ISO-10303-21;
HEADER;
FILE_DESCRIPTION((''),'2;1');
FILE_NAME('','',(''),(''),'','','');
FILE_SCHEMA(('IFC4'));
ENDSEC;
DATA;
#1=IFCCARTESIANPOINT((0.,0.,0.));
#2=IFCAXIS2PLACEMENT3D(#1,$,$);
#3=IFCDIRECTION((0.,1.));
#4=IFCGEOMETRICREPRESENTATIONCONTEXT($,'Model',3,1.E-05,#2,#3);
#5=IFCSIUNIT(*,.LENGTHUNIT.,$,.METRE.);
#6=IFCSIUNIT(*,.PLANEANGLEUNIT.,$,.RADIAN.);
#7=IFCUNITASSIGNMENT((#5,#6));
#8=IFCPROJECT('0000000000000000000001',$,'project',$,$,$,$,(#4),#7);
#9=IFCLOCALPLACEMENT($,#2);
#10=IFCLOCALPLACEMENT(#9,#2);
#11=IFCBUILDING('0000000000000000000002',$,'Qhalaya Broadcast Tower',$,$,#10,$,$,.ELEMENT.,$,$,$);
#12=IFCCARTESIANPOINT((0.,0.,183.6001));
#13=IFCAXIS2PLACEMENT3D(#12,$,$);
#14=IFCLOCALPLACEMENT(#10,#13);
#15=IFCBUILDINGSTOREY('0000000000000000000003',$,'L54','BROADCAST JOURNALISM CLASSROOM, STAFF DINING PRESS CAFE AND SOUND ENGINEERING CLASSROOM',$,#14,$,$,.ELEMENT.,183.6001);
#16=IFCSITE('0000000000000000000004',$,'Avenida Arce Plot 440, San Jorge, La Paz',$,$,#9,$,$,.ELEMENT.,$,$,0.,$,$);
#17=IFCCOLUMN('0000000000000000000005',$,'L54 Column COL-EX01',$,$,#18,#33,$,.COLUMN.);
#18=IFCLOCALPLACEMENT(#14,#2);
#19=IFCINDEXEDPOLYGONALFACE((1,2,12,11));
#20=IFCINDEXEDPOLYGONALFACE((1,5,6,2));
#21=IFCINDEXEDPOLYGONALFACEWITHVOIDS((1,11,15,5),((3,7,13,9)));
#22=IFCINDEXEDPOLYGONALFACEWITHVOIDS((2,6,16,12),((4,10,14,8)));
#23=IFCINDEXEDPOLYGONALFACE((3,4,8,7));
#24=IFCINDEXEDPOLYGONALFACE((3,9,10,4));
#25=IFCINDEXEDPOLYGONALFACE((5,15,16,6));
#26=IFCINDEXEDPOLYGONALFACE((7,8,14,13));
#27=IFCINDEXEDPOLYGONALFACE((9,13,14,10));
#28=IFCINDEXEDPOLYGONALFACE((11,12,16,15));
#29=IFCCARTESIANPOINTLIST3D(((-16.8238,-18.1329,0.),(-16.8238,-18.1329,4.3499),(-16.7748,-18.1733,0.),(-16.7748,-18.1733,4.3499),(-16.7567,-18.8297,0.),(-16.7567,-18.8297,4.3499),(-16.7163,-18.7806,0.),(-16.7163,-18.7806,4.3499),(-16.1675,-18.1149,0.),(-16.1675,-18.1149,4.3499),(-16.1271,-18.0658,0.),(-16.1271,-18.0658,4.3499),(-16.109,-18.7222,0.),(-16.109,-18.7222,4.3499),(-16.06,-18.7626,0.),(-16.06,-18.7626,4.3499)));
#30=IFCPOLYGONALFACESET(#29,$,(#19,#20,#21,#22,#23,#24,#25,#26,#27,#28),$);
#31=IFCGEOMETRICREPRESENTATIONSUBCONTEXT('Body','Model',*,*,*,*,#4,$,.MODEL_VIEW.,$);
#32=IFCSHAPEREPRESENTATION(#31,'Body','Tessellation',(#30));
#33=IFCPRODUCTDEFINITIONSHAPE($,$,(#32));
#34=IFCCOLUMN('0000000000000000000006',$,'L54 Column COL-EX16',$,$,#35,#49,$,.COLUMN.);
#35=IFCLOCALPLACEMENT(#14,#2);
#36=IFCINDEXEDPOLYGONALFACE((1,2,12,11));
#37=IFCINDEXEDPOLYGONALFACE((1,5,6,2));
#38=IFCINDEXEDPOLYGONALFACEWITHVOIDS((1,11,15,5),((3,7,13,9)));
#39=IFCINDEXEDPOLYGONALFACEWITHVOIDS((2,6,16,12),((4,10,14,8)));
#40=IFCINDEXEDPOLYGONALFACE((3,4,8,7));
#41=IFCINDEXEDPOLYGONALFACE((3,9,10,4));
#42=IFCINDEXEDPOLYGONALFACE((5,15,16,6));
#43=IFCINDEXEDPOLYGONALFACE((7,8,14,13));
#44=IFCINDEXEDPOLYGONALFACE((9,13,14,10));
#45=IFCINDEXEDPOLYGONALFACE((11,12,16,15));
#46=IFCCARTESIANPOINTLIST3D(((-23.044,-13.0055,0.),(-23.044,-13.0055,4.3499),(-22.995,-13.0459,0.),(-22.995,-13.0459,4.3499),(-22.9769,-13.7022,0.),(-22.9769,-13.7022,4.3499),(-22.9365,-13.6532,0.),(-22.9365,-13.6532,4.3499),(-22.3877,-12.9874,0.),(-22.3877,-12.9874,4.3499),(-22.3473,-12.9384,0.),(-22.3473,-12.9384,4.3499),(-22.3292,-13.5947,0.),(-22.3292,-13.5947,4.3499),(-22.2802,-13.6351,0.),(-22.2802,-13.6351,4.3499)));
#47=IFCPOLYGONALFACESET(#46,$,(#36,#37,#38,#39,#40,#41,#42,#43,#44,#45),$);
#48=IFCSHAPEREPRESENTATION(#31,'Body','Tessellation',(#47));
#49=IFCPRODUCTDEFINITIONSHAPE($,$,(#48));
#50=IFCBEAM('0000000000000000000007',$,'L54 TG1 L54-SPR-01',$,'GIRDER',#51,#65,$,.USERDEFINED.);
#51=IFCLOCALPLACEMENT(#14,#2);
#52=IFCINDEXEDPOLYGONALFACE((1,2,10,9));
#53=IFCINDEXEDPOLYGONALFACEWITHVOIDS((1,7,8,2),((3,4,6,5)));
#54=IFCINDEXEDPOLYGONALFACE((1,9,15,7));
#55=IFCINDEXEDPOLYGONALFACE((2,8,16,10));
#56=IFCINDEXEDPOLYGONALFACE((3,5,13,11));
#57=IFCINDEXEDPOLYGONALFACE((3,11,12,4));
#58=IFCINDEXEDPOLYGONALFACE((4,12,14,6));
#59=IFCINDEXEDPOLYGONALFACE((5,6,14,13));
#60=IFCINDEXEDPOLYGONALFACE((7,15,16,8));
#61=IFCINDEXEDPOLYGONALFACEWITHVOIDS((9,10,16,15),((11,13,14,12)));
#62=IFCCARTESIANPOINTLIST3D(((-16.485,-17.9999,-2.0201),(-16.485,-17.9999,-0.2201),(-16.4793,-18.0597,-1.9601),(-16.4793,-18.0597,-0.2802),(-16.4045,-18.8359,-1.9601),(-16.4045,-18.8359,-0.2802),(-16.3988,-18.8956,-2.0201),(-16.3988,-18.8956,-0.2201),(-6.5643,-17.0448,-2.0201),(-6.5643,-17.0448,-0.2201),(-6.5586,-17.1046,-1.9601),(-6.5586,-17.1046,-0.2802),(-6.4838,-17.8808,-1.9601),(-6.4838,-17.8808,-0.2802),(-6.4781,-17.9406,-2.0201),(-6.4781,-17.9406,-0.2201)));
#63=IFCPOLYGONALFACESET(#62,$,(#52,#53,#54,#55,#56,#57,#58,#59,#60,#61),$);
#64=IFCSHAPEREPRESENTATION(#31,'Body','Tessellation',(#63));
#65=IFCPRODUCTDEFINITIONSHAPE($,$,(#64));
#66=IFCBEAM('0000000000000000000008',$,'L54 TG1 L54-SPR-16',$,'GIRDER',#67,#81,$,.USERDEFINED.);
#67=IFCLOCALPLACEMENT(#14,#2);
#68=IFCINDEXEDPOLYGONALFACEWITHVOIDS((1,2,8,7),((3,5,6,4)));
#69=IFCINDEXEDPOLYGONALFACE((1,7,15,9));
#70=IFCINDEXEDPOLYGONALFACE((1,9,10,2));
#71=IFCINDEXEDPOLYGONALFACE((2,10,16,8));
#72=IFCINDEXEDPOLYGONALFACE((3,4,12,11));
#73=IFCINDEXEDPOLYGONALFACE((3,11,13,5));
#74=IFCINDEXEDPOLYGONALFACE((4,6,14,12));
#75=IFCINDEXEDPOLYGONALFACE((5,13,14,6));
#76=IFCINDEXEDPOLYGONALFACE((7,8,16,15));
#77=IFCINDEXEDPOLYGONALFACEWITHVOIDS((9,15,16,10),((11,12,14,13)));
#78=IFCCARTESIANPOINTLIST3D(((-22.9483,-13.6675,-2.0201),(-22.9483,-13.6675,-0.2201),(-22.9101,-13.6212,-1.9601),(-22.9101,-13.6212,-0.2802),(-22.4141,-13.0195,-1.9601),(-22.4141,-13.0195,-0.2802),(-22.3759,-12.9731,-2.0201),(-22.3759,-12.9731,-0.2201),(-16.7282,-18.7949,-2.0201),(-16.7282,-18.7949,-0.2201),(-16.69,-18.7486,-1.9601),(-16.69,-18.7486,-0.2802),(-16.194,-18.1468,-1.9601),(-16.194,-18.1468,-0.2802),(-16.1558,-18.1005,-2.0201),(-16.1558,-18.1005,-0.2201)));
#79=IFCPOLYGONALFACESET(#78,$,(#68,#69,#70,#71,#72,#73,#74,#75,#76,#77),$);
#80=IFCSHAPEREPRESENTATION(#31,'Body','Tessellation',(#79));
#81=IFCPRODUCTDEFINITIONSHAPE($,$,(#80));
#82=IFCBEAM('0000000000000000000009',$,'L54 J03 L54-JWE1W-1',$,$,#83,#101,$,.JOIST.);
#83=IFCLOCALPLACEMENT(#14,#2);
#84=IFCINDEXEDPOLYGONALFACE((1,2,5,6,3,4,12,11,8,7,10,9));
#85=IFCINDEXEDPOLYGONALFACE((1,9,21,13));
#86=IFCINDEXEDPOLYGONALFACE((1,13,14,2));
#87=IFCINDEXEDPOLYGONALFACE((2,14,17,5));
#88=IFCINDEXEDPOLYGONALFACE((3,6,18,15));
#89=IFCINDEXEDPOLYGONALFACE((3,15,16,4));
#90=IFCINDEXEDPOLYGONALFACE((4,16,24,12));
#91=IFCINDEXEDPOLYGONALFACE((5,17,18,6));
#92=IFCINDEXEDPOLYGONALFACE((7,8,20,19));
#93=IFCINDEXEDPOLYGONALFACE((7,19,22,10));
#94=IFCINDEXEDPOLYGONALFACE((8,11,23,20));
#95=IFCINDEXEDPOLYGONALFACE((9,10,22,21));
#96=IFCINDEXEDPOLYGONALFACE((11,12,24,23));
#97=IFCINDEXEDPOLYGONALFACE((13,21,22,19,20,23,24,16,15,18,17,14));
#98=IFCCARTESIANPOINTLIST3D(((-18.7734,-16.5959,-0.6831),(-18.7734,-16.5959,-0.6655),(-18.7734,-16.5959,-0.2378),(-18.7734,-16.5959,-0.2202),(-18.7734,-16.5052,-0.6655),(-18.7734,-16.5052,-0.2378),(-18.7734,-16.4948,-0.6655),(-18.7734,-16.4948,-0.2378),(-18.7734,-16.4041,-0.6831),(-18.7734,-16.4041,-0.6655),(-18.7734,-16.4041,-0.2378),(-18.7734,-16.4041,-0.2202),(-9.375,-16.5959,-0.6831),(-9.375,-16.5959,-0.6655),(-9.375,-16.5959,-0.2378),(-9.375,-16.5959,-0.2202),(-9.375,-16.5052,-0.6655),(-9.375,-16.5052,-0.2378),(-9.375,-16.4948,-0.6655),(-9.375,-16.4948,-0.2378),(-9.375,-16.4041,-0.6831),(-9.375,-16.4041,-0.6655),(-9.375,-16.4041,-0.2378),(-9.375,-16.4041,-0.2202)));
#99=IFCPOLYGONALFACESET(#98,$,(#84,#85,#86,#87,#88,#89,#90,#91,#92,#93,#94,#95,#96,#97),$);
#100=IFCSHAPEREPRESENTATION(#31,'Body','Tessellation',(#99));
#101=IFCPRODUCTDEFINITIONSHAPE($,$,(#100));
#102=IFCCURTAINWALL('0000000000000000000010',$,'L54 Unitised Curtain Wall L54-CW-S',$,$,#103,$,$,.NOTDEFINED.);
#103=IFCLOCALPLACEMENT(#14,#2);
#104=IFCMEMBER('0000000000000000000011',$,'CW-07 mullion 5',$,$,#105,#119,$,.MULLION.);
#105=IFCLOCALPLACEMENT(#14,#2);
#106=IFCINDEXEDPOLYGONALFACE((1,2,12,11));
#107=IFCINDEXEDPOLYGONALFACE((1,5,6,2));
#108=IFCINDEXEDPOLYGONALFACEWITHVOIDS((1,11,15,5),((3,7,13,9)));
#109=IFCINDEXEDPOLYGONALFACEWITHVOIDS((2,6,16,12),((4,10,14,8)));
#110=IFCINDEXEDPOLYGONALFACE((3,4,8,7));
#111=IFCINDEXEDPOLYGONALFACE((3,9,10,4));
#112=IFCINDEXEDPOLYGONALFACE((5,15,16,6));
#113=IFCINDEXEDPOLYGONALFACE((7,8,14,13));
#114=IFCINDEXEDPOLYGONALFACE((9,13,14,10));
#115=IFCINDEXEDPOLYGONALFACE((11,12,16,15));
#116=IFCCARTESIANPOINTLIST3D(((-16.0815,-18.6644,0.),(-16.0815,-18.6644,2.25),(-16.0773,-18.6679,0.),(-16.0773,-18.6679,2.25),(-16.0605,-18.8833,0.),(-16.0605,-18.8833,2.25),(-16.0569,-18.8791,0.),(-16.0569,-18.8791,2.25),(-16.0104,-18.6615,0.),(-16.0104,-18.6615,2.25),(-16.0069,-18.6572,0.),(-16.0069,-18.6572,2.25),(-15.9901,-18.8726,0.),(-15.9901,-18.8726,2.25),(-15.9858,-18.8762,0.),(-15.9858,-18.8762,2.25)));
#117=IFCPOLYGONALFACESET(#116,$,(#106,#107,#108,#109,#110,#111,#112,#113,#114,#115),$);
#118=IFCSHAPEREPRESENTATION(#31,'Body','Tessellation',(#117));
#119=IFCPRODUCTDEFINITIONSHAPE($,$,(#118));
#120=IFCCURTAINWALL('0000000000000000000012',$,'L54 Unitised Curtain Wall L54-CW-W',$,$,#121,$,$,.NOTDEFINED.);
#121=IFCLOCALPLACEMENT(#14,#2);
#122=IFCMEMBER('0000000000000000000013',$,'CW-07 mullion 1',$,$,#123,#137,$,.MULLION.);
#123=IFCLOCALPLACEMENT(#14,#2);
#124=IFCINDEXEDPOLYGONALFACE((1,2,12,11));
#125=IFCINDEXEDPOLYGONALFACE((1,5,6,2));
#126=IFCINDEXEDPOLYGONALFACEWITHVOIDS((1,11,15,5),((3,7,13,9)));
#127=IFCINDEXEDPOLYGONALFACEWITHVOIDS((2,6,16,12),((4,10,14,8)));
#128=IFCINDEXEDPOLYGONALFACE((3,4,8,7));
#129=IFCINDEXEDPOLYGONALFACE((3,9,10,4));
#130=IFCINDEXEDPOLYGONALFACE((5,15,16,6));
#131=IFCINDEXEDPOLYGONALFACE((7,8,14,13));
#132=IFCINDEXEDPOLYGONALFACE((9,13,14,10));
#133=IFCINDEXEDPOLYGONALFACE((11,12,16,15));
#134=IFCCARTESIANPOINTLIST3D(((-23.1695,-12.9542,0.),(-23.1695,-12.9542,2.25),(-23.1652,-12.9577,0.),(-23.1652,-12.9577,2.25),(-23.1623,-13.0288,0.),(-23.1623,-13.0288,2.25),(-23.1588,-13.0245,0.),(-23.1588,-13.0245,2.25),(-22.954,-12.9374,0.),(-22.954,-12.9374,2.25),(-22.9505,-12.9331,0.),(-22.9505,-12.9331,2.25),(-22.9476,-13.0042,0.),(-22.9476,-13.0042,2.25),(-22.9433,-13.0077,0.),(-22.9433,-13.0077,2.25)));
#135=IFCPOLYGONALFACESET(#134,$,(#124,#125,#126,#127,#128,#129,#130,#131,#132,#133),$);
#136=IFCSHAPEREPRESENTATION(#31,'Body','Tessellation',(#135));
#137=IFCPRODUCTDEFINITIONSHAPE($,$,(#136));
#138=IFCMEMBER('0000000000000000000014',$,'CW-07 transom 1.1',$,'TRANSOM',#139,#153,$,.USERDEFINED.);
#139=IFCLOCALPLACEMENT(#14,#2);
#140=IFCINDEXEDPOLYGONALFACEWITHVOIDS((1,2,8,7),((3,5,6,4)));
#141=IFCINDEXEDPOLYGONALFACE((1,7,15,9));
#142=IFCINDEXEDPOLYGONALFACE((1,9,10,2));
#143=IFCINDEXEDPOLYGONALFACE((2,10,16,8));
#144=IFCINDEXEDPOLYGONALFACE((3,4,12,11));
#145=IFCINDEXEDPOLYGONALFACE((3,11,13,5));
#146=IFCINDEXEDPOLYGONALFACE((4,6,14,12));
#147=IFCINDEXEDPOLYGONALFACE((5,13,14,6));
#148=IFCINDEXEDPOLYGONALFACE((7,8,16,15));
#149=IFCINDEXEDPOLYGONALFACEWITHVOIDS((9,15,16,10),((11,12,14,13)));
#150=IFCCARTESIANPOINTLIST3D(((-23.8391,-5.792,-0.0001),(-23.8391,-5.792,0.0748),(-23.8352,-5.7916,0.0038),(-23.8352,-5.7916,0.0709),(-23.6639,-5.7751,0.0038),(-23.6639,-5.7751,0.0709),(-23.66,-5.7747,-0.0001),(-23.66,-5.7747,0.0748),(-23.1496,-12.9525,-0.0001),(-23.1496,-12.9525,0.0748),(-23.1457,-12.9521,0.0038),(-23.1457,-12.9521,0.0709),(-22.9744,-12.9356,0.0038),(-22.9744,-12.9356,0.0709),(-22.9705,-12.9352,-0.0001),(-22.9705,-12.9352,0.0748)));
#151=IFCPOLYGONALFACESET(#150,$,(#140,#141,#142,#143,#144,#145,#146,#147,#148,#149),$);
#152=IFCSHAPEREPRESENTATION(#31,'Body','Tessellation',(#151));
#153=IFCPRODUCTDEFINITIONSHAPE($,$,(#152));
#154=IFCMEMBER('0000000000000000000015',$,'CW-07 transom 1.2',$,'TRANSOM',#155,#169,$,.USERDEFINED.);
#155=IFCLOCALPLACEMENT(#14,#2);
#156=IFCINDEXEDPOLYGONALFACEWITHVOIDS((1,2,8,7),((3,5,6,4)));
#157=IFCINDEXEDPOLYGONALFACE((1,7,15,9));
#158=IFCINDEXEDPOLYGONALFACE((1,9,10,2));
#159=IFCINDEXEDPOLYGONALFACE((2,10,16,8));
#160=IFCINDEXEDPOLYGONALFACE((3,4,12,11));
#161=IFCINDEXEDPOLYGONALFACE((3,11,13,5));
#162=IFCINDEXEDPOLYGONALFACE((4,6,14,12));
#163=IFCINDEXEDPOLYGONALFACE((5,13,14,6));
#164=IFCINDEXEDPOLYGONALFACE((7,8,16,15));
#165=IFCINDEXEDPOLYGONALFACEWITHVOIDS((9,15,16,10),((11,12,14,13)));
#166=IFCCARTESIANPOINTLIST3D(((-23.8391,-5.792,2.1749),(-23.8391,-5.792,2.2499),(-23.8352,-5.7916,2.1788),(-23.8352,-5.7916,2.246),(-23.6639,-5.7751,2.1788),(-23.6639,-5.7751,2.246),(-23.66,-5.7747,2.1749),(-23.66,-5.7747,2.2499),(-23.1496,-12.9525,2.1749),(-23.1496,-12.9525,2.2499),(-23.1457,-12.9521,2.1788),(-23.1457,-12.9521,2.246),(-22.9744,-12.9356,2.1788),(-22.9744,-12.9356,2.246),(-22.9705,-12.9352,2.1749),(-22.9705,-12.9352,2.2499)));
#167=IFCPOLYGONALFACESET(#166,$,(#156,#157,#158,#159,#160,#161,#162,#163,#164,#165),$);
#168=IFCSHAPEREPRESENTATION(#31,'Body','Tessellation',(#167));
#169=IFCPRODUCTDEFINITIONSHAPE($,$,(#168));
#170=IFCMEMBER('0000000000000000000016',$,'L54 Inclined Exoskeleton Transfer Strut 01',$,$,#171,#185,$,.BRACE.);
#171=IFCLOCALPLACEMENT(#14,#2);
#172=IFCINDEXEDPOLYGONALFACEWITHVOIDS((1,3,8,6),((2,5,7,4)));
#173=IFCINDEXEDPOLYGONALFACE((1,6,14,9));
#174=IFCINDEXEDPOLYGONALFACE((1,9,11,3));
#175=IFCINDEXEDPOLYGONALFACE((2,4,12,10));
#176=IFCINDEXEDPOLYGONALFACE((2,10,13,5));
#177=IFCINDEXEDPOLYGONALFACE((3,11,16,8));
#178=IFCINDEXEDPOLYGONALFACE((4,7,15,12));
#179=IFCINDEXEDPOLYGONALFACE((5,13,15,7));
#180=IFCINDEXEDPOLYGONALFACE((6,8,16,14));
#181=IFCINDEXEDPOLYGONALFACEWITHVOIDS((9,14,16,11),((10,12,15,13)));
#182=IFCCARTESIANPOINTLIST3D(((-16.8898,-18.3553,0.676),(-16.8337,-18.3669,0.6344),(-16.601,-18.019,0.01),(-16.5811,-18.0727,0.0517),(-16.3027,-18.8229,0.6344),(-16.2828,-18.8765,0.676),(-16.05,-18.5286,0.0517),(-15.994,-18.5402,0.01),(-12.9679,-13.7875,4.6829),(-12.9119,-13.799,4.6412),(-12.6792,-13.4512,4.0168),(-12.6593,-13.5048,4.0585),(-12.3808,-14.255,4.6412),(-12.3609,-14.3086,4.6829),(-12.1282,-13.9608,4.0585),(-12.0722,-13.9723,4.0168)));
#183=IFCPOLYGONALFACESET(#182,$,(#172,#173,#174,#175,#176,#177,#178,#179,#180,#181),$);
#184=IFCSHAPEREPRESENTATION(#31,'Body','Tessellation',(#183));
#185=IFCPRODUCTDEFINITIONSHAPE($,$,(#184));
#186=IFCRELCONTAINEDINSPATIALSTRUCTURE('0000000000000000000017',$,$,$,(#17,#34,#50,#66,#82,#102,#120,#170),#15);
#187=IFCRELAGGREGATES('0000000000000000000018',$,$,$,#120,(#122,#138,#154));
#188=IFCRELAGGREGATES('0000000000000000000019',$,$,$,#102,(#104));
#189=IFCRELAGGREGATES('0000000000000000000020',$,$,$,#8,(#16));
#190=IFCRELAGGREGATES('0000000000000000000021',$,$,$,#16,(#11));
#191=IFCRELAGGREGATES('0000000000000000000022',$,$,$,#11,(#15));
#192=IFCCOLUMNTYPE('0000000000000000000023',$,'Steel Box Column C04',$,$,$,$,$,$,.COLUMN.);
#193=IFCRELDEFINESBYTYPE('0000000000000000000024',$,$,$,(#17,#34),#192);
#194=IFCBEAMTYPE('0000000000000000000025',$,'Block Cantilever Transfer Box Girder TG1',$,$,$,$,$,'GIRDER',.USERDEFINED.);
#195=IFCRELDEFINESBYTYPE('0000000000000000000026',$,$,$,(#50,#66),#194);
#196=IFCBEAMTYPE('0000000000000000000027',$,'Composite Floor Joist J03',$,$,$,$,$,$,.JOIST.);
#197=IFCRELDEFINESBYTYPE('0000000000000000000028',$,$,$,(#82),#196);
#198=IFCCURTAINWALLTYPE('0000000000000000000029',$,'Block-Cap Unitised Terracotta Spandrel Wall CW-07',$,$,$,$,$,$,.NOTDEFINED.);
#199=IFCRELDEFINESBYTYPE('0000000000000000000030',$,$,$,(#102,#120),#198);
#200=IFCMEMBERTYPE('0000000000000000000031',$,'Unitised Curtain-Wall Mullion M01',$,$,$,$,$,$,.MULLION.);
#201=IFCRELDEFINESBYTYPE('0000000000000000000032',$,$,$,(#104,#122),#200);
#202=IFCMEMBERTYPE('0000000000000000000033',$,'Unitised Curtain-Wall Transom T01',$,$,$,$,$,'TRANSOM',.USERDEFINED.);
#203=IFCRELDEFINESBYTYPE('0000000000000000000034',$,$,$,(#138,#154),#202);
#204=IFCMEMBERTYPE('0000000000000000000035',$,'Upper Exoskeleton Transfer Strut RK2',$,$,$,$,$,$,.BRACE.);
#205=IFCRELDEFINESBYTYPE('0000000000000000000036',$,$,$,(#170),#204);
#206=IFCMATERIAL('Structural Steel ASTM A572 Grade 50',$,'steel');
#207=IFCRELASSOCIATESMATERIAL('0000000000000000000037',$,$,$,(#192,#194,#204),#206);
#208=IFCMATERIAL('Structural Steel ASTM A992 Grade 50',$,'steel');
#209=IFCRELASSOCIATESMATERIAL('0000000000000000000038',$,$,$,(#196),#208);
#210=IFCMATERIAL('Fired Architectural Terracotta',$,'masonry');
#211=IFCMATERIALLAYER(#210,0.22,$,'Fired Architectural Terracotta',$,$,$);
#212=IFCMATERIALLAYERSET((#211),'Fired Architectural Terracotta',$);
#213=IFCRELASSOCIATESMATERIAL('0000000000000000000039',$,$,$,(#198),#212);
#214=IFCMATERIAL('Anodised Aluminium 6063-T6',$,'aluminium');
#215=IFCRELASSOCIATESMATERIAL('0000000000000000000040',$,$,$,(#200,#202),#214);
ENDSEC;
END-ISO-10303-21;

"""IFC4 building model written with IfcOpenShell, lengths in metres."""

from ifc_helpers import new_model, si_unit, direction, frame, origin, origin_2d, place, context, subcontext, project, spatial, hollow_rectangle, i_section, extrude, material, layer, layer_set, material_profile, profile_set, type_object, element, aggregate, save


model = new_model("IFC4")

# Units and contexts
model_context = context("Model", 3, precision=1e-05, world=origin(), true_north=direction((0.0, 1.0)))
body_context = subcontext(model_context, "Body", "Model", "MODEL_VIEW")
ifc_project = project(units=[si_unit("LENGTHUNIT", "METRE"), si_unit("PLANEANGLEUNIT", "RADIAN")], contexts=[model_context])

# Site, building, storey
site_placement = place(None, origin())
site = spatial("IfcSite", under=ifc_project, at=site_placement, Name="Avenida Arce Plot 440, San Jorge, La Paz", CompositionType="ELEMENT", RefElevation=0.0)
building_placement = place(site_placement, origin())
building = spatial("IfcBuilding", under=site, at=building_placement, Name="Qhalaya Broadcast Tower", CompositionType="ELEMENT")
storey_placement = place(building_placement, frame((0.0, 0.0, 183.6001)))
storey = spatial("IfcBuildingStorey", under=building, at=storey_placement, Name="L54", Description="BROADCAST JOURNALISM CLASSROOM, STAFF DINING PRESS CAFE AND SOUND ENGINEERING CLASSROOM", CompositionType="ELEMENT", Elevation=183.6001)

# Columns
ifc_material_1 = material(Name="Structural Steel ASTM A572 Grade 50", Category="steel")
ifc_material_profile_1 = material_profile(ifc_material_1, hollow_rectangle(XDim=0.7, YDim=0.7, WallThickness=0.0449, at=origin_2d()), Name="BOX 700x700x45")
ifc_profile_set_1 = profile_set([ifc_material_profile_1], Name="Structural Steel ASTM A572 Grade 50")
column_type = type_object("IfcColumnType", Name="Steel Box Column C04", PredefinedType="COLUMN", material=ifc_profile_set_1)
for number, where, z_axis, x_axis, name in (
    (1, (-16.4419, -18.4478, 0.0), (0.0, 0.0, 1.0), (0.995396, 0.095846, 0.0), "L54 Column COL-EX01"),
    (2, (-22.6621, -13.3203, 0.0), (0.0, 0.0, 1.0), (-0.095846, 0.995396, 0.0), "L54 Column COL-EX16"),
):
    element("IfcColumn", number, at=place(storey_placement, frame(where, z_axis=z_axis, x_axis=x_axis)), inside=storey, type_object=column_type, Name=name, PredefinedType="COLUMN", context=body_context, shape_type="SweptSolid", body=[
        extrude(hollow_rectangle(XDim=0.7, YDim=0.7, WallThickness=0.0449, at=origin_2d()), origin(), (0.0, 0.0, 1.0), 4.3499),
    ])

# Beams
ifc_material_profile_2 = material_profile(ifc_material_1, hollow_rectangle(XDim=0.8999, YDim=1.8, WallThickness=0.0601, at=origin_2d()), Name="BOX 900x1800x60")
ifc_profile_set_2 = profile_set([ifc_material_profile_2], Name="Structural Steel ASTM A572 Grade 50")
beam_type_1 = type_object("IfcBeamType", Name="Block Cantilever Transfer Box Girder TG1", ElementType="GIRDER", PredefinedType="USERDEFINED", material=ifc_profile_set_2)
beam_1_placement = place(storey_placement, frame((-16.4419, -18.4478, -1.1201), z_axis=(0.995398, 0.095829, 0.0), x_axis=(-0.095829, 0.995398, 0.0)))
element("IfcBeam", 3, at=beam_1_placement, inside=storey, type_object=beam_type_1, Name="L54 TG1 L54-SPR-01", ObjectType="GIRDER", PredefinedType="USERDEFINED", context=body_context, shape_type="SweptSolid", body=[
    extrude(hollow_rectangle(XDim=0.8999, YDim=1.8, WallThickness=0.0601, at=origin_2d()), origin(), (0.0, 0.0, 1.0), 9.9666),
])
beam_2_placement = place(storey_placement, frame((-22.6621, -13.3203, -1.1201), z_axis=(0.771631, -0.63607, 0.0), x_axis=(0.63607, 0.771631, 0.0)))
element("IfcBeam", 4, at=beam_2_placement, inside=storey, type_object=beam_type_1, Name="L54 TG1 L54-SPR-16", ObjectType="GIRDER", PredefinedType="USERDEFINED", context=body_context, shape_type="SweptSolid", body=[
    extrude(hollow_rectangle(XDim=0.8999, YDim=1.8, WallThickness=0.0601, at=origin_2d()), origin(), (0.0, 0.0, 1.0), 8.061),
])
ifc_material_2 = material(Name="Structural Steel ASTM A992 Grade 50", Category="steel")
ifc_material_profile_3 = material_profile(ifc_material_2, i_section(OverallWidth=0.1919, OverallDepth=0.4629, WebThickness=0.0105, FlangeThickness=0.0176, at=origin_2d()), Name="W18X60")
ifc_profile_set_3 = profile_set([ifc_material_profile_3], Name="Structural Steel ASTM A992 Grade 50")
beam_type_2 = type_object("IfcBeamType", Name="Composite Floor Joist J03", PredefinedType="JOIST", material=ifc_profile_set_3)
beam_3_placement = place(storey_placement, frame((-18.7734, -16.5, -0.4517), z_axis=(1.0, 0.0, 0.0), x_axis=(0.0, 1.0, 0.0)))
element("IfcBeam", 5, at=beam_3_placement, inside=storey, type_object=beam_type_2, Name="L54 J03 L54-JWE1W-1", PredefinedType="JOIST", context=body_context, shape_type="SweptSolid", body=[
    extrude(i_section(OverallWidth=0.1919, OverallDepth=0.4629, WebThickness=0.0105, FlangeThickness=0.0176, at=origin_2d()), origin(), (0.0, 0.0, 1.0), 9.3984),
])

# Curtain wall, member
ifc_material_3 = material(Name="Fired Architectural Terracotta", Category="masonry")
ifc_layer_1 = layer(ifc_material_3, 0.22, Name="Fired Architectural Terracotta")
ifc_layer_set_1 = layer_set([ifc_layer_1], Name="Fired Architectural Terracotta")
curtain_wall_type = type_object("IfcCurtainWallType", Name="Block-Cap Unitised Terracotta Spandrel Wall CW-07", PredefinedType="NOTDEFINED", material=ifc_layer_set_1)
curtain_wall_1_placement = place(storey_placement, origin())
curtain_wall_1 = element("IfcCurtainWall", 6, at=curtain_wall_1_placement, inside=storey, type_object=curtain_wall_type, Name="L54 Unitised Curtain Wall L54-CW-S", PredefinedType="NOTDEFINED")
ifc_material_4 = material(Name="Anodised Aluminium 6063-T6", Category="aluminium")
ifc_material_profile_4 = material_profile(ifc_material_4, hollow_rectangle(XDim=0.075, YDim=0.22, WallThickness=0.0039, at=origin_2d()), Name="ALU-MUL 75x220x4")
ifc_profile_set_4 = profile_set([ifc_material_profile_4], Name="Anodised Aluminium 6063-T6")
member_type_1 = type_object("IfcMemberType", Name="Unitised Curtain-Wall Mullion M01", PredefinedType="MULLION", material=ifc_profile_set_4)
member_1_placement = place(storey_placement, frame((-16.0337, -18.7703, 0.0), z_axis=(0.0, 0.0, 1.0), x_axis=(-0.995396, -0.095846, 0.0)))
member_1 = element("IfcMember", 7, at=member_1_placement, type_object=member_type_1, Name="CW-07 mullion 5", PredefinedType="MULLION", context=body_context, shape_type="SweptSolid", body=[
    extrude(hollow_rectangle(XDim=0.075, YDim=0.22, WallThickness=0.0039, at=origin_2d()), origin(), (0.0, 0.0, 1.0), 2.25),
])

# Curtain wall, members
curtain_wall_2_placement = place(storey_placement, origin())
curtain_wall_2 = element("IfcCurtainWall", 8, at=curtain_wall_2_placement, inside=storey, type_object=curtain_wall_type, Name="L54 Unitised Curtain Wall L54-CW-W", PredefinedType="NOTDEFINED")
member_2_placement = place(storey_placement, frame((-23.0564, -12.981, 0.0), z_axis=(0.0, 0.0, 1.0), x_axis=(-0.095846, 0.995396, 0.0)))
member_2 = element("IfcMember", 9, at=member_2_placement, type_object=member_type_1, Name="CW-07 mullion 1", PredefinedType="MULLION", context=body_context, shape_type="SweptSolid", body=[
    extrude(hollow_rectangle(XDim=0.075, YDim=0.22, WallThickness=0.0039, at=origin_2d()), origin(), (0.0, 0.0, 1.0), 2.25),
])
ifc_material_profile_5 = material_profile(ifc_material_4, hollow_rectangle(XDim=0.075, YDim=0.1799, WallThickness=0.0039, at=origin_2d()), Name="ALU-TRN 75x180x4")
ifc_profile_set_5 = profile_set([ifc_material_profile_5], Name="Anodised Aluminium 6063-T6")
member_type_2 = type_object("IfcMemberType", Name="Unitised Curtain-Wall Transom T01", ElementType="TRANSOM", PredefinedType="USERDEFINED", material=ifc_profile_set_5)
member_3_placement = place(storey_placement, frame((-23.0601, -12.9438, 0.0374), z_axis=(-0.095844, 0.995396, 0.0), x_axis=(0.0, 0.0, 1.0)))
member_3 = element("IfcMember", 10, at=member_3_placement, type_object=member_type_2, Name="CW-07 transom 1.1", ObjectType="TRANSOM", PredefinedType="USERDEFINED", context=body_context, shape_type="SweptSolid", body=[
    extrude(hollow_rectangle(XDim=0.075, YDim=0.1799, WallThickness=0.0039, at=origin_2d()), origin(), (0.0, 0.0, 1.0), 7.1936),
])
member_4_placement = place(storey_placement, frame((-23.0601, -12.9438, 2.2124), z_axis=(-0.095844, 0.995396, 0.0), x_axis=(0.0, 0.0, 1.0)))
member_4 = element("IfcMember", 11, at=member_4_placement, type_object=member_type_2, Name="CW-07 transom 1.2", ObjectType="TRANSOM", PredefinedType="USERDEFINED", context=body_context, shape_type="SweptSolid", body=[
    extrude(hollow_rectangle(XDim=0.075, YDim=0.1799, WallThickness=0.0039, at=origin_2d()), origin(), (0.0, 0.0, 1.0), 7.1936),
])
aggregate(curtain_wall_2, [member_2, member_3, member_4])

# Member
ifc_material_profile_6 = material_profile(ifc_material_1, hollow_rectangle(XDim=0.8, YDim=0.8, WallThickness=0.05, at=origin_2d()), Name="BOX 800x800x50")
ifc_profile_set_6 = profile_set([ifc_material_profile_6], Name="Structural Steel ASTM A572 Grade 50")
member_type_3 = type_object("IfcMemberType", Name="Upper Exoskeleton Transfer Strut RK2", PredefinedType="BRACE", material=ifc_profile_set_6)
member_5_placement = place(storey_placement, frame((-16.4419, -18.4478, 0.343), z_axis=(0.542297, 0.631623, 0.554045), x_axis=(-0.758718, 0.651419, 0.0)))
element("IfcMember", 12, at=member_5_placement, inside=storey, type_object=member_type_3, Name="L54 Inclined Exoskeleton Transfer Strut 01", PredefinedType="BRACE", context=body_context, shape_type="SweptSolid", body=[
    extrude(hollow_rectangle(XDim=0.8, YDim=0.8, WallThickness=0.05, at=origin_2d()), origin(), (0.0, 0.0, 1.0), 7.2319),
])

aggregate(curtain_wall_1, [member_1])

save(model, "model.ifc")
